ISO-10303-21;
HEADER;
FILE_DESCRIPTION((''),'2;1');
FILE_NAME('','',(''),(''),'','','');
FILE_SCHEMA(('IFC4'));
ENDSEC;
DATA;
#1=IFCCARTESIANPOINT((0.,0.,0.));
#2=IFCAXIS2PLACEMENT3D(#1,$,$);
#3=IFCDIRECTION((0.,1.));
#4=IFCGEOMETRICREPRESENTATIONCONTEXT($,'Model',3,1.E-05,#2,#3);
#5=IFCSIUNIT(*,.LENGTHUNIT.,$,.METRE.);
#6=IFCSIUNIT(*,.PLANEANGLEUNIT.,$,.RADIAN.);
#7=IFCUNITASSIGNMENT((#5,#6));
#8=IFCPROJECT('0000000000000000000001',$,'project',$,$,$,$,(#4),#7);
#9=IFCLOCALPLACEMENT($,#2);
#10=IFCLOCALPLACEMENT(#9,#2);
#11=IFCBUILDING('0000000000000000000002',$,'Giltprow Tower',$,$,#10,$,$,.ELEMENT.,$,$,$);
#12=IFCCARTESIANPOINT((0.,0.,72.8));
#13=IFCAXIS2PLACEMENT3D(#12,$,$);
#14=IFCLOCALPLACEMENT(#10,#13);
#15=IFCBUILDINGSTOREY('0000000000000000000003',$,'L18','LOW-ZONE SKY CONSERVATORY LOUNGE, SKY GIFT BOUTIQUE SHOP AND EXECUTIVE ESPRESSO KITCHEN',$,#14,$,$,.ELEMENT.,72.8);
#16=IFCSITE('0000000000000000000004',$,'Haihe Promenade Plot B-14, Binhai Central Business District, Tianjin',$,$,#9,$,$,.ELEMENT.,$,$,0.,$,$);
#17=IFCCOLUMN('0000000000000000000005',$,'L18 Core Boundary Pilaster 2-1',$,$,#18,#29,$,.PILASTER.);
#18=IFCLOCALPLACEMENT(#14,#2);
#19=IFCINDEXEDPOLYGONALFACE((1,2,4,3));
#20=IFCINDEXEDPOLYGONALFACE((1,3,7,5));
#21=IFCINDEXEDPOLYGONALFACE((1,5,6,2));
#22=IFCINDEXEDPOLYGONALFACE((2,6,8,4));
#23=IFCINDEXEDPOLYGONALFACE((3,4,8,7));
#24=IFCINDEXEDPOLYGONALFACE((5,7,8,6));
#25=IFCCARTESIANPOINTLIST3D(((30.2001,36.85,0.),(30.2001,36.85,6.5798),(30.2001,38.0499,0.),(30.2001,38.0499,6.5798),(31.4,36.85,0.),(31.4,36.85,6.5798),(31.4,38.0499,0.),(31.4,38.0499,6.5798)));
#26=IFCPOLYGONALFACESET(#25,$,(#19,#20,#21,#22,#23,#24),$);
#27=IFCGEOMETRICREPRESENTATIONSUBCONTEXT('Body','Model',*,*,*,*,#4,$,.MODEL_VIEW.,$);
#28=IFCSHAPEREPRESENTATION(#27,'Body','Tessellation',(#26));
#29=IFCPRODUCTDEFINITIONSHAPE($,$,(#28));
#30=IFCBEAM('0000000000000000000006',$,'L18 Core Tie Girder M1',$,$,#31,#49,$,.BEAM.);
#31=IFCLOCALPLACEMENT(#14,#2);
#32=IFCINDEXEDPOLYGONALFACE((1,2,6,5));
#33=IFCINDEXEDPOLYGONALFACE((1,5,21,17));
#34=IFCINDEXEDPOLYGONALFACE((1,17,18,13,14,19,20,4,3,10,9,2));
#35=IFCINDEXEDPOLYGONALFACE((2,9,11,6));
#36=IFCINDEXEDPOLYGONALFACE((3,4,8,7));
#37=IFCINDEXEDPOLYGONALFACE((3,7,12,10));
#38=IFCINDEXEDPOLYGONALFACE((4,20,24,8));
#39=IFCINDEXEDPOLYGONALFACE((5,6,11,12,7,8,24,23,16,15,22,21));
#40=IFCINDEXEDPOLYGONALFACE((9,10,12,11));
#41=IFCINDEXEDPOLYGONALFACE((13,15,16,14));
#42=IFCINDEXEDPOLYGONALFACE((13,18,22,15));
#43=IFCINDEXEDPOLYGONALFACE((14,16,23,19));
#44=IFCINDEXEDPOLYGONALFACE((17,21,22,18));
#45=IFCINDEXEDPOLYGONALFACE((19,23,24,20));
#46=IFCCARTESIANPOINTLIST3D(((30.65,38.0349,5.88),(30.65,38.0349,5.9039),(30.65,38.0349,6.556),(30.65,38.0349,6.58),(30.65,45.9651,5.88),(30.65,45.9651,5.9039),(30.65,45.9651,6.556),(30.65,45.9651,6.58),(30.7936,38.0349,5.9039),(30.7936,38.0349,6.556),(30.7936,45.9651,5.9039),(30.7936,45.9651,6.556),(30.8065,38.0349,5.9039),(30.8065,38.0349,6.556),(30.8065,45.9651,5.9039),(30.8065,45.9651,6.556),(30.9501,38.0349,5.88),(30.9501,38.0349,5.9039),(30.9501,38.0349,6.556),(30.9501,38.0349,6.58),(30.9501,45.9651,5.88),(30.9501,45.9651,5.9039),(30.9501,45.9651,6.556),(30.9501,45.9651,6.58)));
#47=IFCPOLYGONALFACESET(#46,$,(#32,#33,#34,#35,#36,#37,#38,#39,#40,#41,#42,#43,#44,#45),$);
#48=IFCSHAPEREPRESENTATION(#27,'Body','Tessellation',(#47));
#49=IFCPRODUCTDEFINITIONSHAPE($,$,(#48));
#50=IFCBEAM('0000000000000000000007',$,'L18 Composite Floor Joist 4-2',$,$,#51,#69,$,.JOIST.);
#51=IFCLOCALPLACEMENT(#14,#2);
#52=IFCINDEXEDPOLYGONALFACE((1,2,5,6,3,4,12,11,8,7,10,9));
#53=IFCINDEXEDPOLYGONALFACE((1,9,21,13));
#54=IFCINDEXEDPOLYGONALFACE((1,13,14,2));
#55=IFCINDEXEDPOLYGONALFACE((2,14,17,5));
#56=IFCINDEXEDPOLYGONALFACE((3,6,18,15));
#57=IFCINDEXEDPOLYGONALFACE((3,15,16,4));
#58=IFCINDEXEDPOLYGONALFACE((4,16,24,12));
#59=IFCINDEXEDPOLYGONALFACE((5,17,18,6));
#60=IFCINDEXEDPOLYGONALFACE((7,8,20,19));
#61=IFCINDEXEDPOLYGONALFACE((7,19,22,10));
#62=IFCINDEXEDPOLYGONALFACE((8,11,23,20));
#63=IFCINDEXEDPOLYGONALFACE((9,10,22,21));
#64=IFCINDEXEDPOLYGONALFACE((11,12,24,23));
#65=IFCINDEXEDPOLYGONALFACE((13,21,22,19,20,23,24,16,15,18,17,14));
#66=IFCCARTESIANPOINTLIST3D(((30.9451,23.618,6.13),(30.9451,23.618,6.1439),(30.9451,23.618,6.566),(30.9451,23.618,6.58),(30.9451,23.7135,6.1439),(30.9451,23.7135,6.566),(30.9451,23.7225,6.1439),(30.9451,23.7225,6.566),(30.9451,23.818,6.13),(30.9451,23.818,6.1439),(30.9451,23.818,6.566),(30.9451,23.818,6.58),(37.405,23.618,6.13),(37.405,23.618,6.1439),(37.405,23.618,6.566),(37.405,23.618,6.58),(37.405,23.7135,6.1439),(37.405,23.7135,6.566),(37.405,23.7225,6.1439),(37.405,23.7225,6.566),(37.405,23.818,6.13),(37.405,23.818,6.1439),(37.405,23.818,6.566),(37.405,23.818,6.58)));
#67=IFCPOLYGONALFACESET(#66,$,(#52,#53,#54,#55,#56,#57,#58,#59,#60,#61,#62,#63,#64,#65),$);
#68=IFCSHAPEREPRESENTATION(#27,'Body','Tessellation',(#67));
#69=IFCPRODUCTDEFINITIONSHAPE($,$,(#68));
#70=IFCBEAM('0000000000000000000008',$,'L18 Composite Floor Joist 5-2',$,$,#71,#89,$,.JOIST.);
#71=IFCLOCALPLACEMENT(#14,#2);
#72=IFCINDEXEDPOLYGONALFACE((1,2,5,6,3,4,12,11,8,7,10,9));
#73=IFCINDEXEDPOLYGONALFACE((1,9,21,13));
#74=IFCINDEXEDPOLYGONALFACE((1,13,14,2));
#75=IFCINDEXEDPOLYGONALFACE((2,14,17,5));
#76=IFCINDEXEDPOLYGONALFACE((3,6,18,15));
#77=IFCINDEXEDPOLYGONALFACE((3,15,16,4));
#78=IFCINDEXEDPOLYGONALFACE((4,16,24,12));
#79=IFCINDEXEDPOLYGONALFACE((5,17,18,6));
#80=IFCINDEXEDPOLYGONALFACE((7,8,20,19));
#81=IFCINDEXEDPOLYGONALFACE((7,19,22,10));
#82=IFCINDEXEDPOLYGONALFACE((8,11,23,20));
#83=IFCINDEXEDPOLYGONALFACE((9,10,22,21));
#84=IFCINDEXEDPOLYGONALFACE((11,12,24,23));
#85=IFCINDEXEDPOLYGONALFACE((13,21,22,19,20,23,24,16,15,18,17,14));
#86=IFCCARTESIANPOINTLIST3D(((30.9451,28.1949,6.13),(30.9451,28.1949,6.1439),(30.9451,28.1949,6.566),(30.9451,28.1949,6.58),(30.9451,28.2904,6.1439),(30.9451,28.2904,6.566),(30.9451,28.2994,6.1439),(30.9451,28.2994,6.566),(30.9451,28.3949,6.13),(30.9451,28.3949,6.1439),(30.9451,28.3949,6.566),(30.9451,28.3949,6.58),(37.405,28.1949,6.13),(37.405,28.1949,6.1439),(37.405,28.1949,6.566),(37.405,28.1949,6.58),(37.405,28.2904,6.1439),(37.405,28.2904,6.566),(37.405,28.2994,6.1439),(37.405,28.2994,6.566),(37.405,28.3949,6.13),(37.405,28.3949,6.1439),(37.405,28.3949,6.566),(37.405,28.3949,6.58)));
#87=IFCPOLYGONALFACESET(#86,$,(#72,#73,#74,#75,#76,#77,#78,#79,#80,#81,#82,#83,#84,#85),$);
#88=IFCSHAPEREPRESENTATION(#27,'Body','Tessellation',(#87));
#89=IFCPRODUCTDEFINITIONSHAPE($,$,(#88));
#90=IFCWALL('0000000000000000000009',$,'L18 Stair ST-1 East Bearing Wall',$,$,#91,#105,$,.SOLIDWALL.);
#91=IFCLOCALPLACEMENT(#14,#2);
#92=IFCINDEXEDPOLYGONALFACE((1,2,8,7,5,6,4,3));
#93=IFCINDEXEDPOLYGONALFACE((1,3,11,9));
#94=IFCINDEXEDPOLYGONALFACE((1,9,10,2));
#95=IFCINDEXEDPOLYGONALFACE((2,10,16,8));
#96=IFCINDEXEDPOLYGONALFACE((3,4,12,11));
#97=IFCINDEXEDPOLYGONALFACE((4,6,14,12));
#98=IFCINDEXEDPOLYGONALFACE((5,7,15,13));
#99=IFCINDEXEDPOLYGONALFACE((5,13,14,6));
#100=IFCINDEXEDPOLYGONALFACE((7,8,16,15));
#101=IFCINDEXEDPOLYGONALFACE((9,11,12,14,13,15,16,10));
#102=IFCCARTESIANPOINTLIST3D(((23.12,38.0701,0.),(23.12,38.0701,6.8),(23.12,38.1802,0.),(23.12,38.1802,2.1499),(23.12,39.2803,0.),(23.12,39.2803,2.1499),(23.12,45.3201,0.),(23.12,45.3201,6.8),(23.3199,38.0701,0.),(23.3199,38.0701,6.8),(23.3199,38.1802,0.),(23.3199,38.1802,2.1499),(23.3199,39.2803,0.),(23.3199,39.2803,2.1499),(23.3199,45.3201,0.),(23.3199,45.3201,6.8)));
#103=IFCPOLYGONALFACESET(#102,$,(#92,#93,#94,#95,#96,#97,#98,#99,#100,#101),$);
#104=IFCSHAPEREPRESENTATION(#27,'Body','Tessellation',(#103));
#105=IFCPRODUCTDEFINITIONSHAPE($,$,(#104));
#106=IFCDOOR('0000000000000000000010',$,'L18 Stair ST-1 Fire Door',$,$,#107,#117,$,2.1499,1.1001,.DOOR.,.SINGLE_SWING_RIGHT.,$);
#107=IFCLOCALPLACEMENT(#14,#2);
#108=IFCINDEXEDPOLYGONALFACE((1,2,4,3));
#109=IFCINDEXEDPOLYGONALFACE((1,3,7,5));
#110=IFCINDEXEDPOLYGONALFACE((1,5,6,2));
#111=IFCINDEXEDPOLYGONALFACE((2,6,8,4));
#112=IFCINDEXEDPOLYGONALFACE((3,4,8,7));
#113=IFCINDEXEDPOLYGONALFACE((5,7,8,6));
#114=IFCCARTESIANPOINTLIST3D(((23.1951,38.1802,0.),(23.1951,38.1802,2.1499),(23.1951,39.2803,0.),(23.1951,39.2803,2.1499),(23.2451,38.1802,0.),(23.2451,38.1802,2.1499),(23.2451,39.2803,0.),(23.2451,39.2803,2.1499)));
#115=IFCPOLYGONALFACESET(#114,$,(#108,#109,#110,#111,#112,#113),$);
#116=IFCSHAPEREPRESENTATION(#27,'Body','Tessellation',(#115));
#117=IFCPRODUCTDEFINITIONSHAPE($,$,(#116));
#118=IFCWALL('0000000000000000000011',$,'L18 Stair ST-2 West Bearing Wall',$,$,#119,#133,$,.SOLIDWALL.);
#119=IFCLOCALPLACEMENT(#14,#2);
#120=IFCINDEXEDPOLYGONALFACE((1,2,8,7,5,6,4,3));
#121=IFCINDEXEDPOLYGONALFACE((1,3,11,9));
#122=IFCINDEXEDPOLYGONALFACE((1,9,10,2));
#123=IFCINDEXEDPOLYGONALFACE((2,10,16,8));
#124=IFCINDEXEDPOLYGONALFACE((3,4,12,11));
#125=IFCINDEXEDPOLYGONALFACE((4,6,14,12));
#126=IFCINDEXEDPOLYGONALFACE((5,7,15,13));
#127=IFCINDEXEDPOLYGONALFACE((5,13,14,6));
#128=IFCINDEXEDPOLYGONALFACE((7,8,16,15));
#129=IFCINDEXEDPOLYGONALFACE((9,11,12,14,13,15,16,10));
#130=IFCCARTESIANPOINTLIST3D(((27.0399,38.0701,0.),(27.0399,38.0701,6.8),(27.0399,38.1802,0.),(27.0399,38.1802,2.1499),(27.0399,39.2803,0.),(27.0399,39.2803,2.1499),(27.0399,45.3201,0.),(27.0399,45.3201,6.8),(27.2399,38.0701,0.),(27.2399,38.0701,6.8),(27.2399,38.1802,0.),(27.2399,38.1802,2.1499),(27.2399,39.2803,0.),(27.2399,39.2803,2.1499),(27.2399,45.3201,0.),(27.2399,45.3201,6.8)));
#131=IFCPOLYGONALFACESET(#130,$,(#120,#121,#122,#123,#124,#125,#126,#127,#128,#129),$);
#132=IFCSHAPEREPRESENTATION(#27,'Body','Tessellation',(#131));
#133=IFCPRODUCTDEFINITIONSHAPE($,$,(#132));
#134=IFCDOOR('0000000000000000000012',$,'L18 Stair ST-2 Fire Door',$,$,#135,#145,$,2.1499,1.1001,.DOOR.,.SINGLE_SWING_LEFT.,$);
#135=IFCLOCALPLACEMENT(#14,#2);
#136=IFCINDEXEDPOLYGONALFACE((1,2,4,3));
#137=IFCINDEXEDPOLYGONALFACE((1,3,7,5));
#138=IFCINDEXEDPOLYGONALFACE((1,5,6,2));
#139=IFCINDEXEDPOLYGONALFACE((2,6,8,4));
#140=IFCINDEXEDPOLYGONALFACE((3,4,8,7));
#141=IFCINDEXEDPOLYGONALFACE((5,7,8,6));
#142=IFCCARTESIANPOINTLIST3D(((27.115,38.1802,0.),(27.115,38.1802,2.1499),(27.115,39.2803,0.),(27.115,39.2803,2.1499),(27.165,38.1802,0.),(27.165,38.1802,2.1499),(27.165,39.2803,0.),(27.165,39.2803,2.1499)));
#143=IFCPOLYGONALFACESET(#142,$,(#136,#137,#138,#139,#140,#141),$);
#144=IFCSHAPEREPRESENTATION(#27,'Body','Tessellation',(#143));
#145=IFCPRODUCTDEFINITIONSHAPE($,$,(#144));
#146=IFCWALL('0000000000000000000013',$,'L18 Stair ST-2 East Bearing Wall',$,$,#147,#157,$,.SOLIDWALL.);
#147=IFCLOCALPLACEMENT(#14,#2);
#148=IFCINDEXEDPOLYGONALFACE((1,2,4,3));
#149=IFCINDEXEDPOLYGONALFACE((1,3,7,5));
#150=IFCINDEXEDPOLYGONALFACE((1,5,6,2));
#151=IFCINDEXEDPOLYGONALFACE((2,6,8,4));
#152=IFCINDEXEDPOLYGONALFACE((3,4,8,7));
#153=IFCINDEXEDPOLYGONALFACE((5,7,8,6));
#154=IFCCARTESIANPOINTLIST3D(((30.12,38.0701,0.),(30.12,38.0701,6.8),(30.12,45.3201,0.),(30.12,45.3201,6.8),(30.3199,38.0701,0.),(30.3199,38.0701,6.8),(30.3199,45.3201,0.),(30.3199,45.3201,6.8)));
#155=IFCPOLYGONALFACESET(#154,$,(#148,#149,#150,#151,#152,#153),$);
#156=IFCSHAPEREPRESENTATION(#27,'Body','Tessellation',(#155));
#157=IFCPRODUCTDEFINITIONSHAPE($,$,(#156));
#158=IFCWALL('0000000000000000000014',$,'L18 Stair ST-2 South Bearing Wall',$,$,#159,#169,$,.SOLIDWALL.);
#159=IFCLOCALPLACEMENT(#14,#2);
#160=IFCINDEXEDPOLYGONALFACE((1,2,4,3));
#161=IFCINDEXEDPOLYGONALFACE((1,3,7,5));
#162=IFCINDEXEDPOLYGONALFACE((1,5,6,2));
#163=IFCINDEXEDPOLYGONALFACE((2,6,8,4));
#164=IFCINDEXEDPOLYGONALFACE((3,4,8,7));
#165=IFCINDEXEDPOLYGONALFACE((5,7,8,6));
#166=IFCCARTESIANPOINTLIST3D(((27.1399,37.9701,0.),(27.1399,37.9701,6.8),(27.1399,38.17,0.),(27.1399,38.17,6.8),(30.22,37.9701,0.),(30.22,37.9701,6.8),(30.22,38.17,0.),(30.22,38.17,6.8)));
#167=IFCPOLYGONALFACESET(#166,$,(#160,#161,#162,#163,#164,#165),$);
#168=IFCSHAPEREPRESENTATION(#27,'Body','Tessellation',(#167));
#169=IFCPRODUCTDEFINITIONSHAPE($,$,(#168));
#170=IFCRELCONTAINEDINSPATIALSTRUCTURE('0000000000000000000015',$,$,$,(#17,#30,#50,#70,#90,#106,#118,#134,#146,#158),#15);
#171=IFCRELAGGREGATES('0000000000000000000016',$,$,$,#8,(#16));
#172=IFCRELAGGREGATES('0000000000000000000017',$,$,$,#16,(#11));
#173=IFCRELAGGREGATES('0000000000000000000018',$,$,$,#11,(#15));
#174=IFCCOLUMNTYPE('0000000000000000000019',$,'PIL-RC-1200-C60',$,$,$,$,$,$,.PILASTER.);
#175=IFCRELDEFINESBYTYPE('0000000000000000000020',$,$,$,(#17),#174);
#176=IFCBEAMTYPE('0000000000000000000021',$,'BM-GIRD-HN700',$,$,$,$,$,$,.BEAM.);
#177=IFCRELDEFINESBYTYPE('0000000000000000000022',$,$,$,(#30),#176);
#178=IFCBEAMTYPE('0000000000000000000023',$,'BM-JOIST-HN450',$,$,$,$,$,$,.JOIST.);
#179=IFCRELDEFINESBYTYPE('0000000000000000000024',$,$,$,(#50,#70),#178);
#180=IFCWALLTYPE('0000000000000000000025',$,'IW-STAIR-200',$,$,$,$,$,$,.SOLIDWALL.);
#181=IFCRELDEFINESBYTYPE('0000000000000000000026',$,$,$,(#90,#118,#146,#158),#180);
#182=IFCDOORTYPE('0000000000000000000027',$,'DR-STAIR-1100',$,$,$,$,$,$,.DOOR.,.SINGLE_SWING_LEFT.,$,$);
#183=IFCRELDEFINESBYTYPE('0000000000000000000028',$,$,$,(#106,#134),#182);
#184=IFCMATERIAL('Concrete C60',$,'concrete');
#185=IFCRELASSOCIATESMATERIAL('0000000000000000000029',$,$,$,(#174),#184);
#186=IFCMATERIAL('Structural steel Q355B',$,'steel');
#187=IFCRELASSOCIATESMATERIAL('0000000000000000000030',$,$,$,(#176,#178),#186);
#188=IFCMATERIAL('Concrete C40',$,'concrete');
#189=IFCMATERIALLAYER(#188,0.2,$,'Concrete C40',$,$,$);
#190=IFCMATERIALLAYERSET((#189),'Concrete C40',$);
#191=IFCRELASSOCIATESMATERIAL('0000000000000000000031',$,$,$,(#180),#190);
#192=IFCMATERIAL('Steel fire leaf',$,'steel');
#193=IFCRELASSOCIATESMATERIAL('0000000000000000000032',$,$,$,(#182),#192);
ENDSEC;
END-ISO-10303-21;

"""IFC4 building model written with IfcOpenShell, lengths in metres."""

from ifc_helpers import new_model, si_unit, direction, frame, frame_2d, origin, origin_2d, place, context, subcontext, project, spatial, rectangle, i_section, extrude, source, transform, mapped, material, layer, layer_set, material_profile, profile_set, type_object, element, fill, save


model = new_model("IFC4")

# Units and contexts
model_context = context("Model", 3, precision=1e-05, world=origin(), true_north=direction((0.0, 1.0)))
body_context = subcontext(model_context, "Body", "Model", "MODEL_VIEW")
ifc_project = project(units=[si_unit("LENGTHUNIT", "METRE"), si_unit("PLANEANGLEUNIT", "RADIAN")], contexts=[model_context])

# Site, building, storey
site_placement = place(None, origin())
site = spatial("IfcSite", under=ifc_project, at=site_placement, Name="Haihe Promenade Plot B-14, Binhai Central Business District, Tianjin", CompositionType="ELEMENT", RefElevation=0.0)
building_placement = place(site_placement, origin())
building = spatial("IfcBuilding", under=site, at=building_placement, Name="Giltprow Tower", CompositionType="ELEMENT")
storey_placement = place(building_placement, frame((0.0, 0.0, 72.8)))
storey = spatial("IfcBuildingStorey", under=building, at=storey_placement, Name="L18", Description="LOW-ZONE SKY CONSERVATORY LOUNGE, SKY GIFT BOUTIQUE SHOP AND EXECUTIVE ESPRESSO KITCHEN", CompositionType="ELEMENT", Elevation=72.8)

# Column
ifc_material_1 = material(Name="Concrete C60", Category="concrete")
ifc_material_profile_1 = material_profile(ifc_material_1, rectangle(XDim=1.2, YDim=1.2, at=origin_2d()), Name="RC 1200x1200")
ifc_profile_set_1 = profile_set([ifc_material_profile_1], Name="Concrete C60")
column_type = type_object("IfcColumnType", Name="PIL-RC-1200-C60", PredefinedType="PILASTER", material=ifc_profile_set_1)
shared_shape_1 = source(origin(), body_context, "Body", "SweptSolid", [
    extrude(rectangle(XDim=1.2, YDim=1.2, at=origin_2d()), origin(), (0.0, 0.0, 1.0), 6.5798),
])
column_placement = place(storey_placement, frame((30.8, 37.45, 0.0), z_axis=(0.0, 0.0, 1.0), x_axis=(1.0, 0.0, 0.0)))
element("IfcColumn", 1, at=column_placement, inside=storey, type_object=column_type, Name="L18 Core Boundary Pilaster 2-1", PredefinedType="PILASTER", context=body_context, shape_type="MappedRepresentation", body=[
    mapped(shared_shape_1, transform((0.0, 0.0, 0.0), x_axis=(1.0, 0.0, 0.0), y_axis=(0.0, 1.0, 0.0), z_axis=(0.0, 0.0, 1.0), scale=1.0)),
])

# Beams
ifc_material_2 = material(Name="Structural steel Q355B", Category="steel")
ifc_material_profile_2 = material_profile(ifc_material_2, i_section(OverallWidth=0.3, OverallDepth=0.7, WebThickness=0.0129, FlangeThickness=0.0239, at=origin_2d()), Name="HN 700x300x13x24")
ifc_profile_set_2 = profile_set([ifc_material_profile_2], Name="Structural steel Q355B")
beam_type_1 = type_object("IfcBeamType", Name="BM-GIRD-HN700", PredefinedType="BEAM", material=ifc_profile_set_2)
shared_shape_2 = source(origin(), body_context, "Body", "SweptSolid", [
    extrude(i_section(OverallWidth=0.3, OverallDepth=0.7, WebThickness=0.0129, FlangeThickness=0.0239, at=origin_2d()), origin(), (0.0, 0.0, 1.0), 7.9302),
])
beam_placement = place(storey_placement, frame((30.8, 38.0349, 6.23), z_axis=(0.0, 1.0, 0.0), x_axis=(-1.0, 0.0, 0.0)))
element("IfcBeam", 2, at=beam_placement, inside=storey, type_object=beam_type_1, Name="L18 Core Tie Girder M1", PredefinedType="BEAM", context=body_context, shape_type="MappedRepresentation", body=[
    mapped(shared_shape_2, transform((0.0, 0.0, 0.0), x_axis=(1.0, 0.0, 0.0), y_axis=(0.0, 1.0, 0.0), z_axis=(0.0, 0.0, 1.0), scale=1.0)),
])
ifc_material_profile_3 = material_profile(ifc_material_2, i_section(OverallWidth=0.2, OverallDepth=0.45, WebThickness=0.009, FlangeThickness=0.0139, at=origin_2d()), Name="HN 450x200x9x14")
ifc_profile_set_3 = profile_set([ifc_material_profile_3], Name="Structural steel Q355B")
beam_type_2 = type_object("IfcBeamType", Name="BM-JOIST-HN450", PredefinedType="JOIST", material=ifc_profile_set_3)
shared_shape_3 = source(origin(), body_context, "Body", "SweptSolid", [
    extrude(i_section(OverallWidth=0.2, OverallDepth=0.45, WebThickness=0.009, FlangeThickness=0.0139, at=origin_2d()), origin(), (0.0, 0.0, 1.0), 6.46),
])
for number, where, z_axis, x_axis, name in (
    (3, (30.9451, 23.718, 6.355), (1.0, 0.0, 0.0), (0.0, 1.0, 0.0), "L18 Composite Floor Joist 4-2"),
    (4, (30.9451, 28.2949, 6.355), (1.0, 0.0, 0.0), (0.0, 1.0, 0.0), "L18 Composite Floor Joist 5-2"),
):
    element("IfcBeam", number, at=place(storey_placement, frame(where, z_axis=z_axis, x_axis=x_axis)), inside=storey, type_object=beam_type_2, Name=name, PredefinedType="JOIST", context=body_context, shape_type="MappedRepresentation", body=[
        mapped(shared_shape_3, transform((0.0, 0.0, 0.0), x_axis=(1.0, 0.0, 0.0), y_axis=(0.0, 1.0, 0.0), z_axis=(0.0, 0.0, 1.0), scale=1.0)),
    ])

# Walls, openings, doors
ifc_material_3 = material(Name="Concrete C40", Category="concrete")
ifc_layer_1 = layer(ifc_material_3, 0.2, Name="Concrete C40")
ifc_layer_set_1 = layer_set([ifc_layer_1], Name="Concrete C40")
wall_type_1 = type_object("IfcWallType", Name="IW-STAIR-200", PredefinedType="SOLIDWALL", material=ifc_layer_set_1)
wall_1_placement = place(storey_placement, frame((23.22, 38.0701, 0.0), z_axis=(0.0, 0.0, 1.0), x_axis=(0.0, 1.0, 0.0)))
wall_1 = element("IfcWall", 5, at=wall_1_placement, inside=storey, type_object=wall_type_1, Name="L18 Stair ST-1 East Bearing Wall", PredefinedType="SOLIDWALL", context=body_context, shape_type="SweptSolid", body=[
    extrude(rectangle(XDim=7.25, YDim=0.2, at=frame_2d((3.625, 0.0))), origin(), (0.0, 0.0, 1.0), 6.8),
])
opening_1_placement = place(wall_1_placement, frame((0.1101, 0.0, 0.0)))
opening_1 = element("IfcOpeningElement", 6, at=opening_1_placement, cuts=wall_1, PredefinedType="OPENING", context=body_context, shape_type="SweptSolid", body=[
    extrude(rectangle(XDim=1.1001, YDim=2.1499, at=frame_2d((0.55, 1.075))), frame((0.0, 0.1099, 0.0), z_axis=(0.0, -1.0, 0.0), x_axis=(1.0, 0.0, 0.0)), (0.0, 0.0, 1.0), 0.22),
])
ifc_material_4 = material(Name="Steel fire leaf", Category="steel")
door_type_1 = type_object("IfcDoorType", Name="DR-STAIR-1100", OperationType="SINGLE_SWING_LEFT", PredefinedType="DOOR", material=ifc_material_4)
shared_shape_4 = source(origin(), body_context, "Body", "SweptSolid", [
    extrude(rectangle(XDim=1.1001, YDim=2.1499, at=frame_2d((0.55, 1.075))), frame((0.0, 0.0249, 0.0), z_axis=(0.0, -1.0, 0.0), x_axis=(1.0, 0.0, 0.0)), (0.0, 0.0, 1.0), 0.05),
])
door_1_placement = place(opening_1_placement, origin())
door_1 = element("IfcDoor", 7, at=door_1_placement, inside=storey, type_object=door_type_1, Name="L18 Stair ST-1 Fire Door", OperationType="SINGLE_SWING_RIGHT", OverallHeight=2.1499, OverallWidth=1.1001, PredefinedType="DOOR", context=body_context, shape_type="MappedRepresentation", body=[
    mapped(shared_shape_4, transform((0.0, 0.0, 0.0), x_axis=(1.0, 0.0, 0.0), y_axis=(0.0, 1.0, 0.0), z_axis=(0.0, 0.0, 1.0), scale=1.0)),
])
fill(opening_1, door_1)
wall_2_placement = place(storey_placement, frame((27.1399, 38.0701, 0.0), z_axis=(0.0, 0.0, 1.0), x_axis=(0.0, 1.0, 0.0)))
wall_2 = element("IfcWall", 8, at=wall_2_placement, inside=storey, type_object=wall_type_1, Name="L18 Stair ST-2 West Bearing Wall", PredefinedType="SOLIDWALL", context=body_context, shape_type="SweptSolid", body=[
    extrude(rectangle(XDim=7.25, YDim=0.2, at=frame_2d((3.625, 0.0))), origin(), (0.0, 0.0, 1.0), 6.8),
])
opening_2_placement = place(wall_2_placement, frame((0.1101, 0.0, 0.0)))
opening_2 = element("IfcOpeningElement", 9, at=opening_2_placement, cuts=wall_2, PredefinedType="OPENING", context=body_context, shape_type="SweptSolid", body=[
    extrude(rectangle(XDim=1.1001, YDim=2.1499, at=frame_2d((0.55, 1.075))), frame((0.0, 0.1099, 0.0), z_axis=(0.0, -1.0, 0.0), x_axis=(1.0, 0.0, 0.0)), (0.0, 0.0, 1.0), 0.22),
])
door_2_placement = place(opening_2_placement, origin())
door_2 = element("IfcDoor", 10, at=door_2_placement, inside=storey, type_object=door_type_1, Name="L18 Stair ST-2 Fire Door", OperationType="SINGLE_SWING_LEFT", OverallHeight=2.1499, OverallWidth=1.1001, PredefinedType="DOOR", context=body_context, shape_type="MappedRepresentation", body=[
    mapped(shared_shape_4, transform((0.0, 0.0, 0.0), x_axis=(1.0, 0.0, 0.0), y_axis=(0.0, 1.0, 0.0), z_axis=(0.0, 0.0, 1.0), scale=1.0)),
])
fill(opening_2, door_2)

# Walls
wall_3_placement = place(storey_placement, frame((30.22, 38.0701, 0.0), z_axis=(0.0, 0.0, 1.0), x_axis=(0.0, 1.0, 0.0)))
element("IfcWall", 11, at=wall_3_placement, inside=storey, type_object=wall_type_1, Name="L18 Stair ST-2 East Bearing Wall", PredefinedType="SOLIDWALL", context=body_context, shape_type="SweptSolid", body=[
    extrude(rectangle(XDim=7.25, YDim=0.2, at=frame_2d((3.625, 0.0))), origin(), (0.0, 0.0, 1.0), 6.8),
])
wall_4_placement = place(storey_placement, frame((27.1399, 38.0701, 0.0), z_axis=(0.0, 0.0, 1.0), x_axis=(1.0, 0.0, 0.0)))
element("IfcWall", 12, at=wall_4_placement, inside=storey, type_object=wall_type_1, Name="L18 Stair ST-2 South Bearing Wall", PredefinedType="SOLIDWALL", context=body_context, shape_type="SweptSolid", body=[
    extrude(rectangle(XDim=3.0801, YDim=0.2, at=frame_2d((1.54, 0.0))), origin(), (0.0, 0.0, 1.0), 6.8),
])

save(model, "model.ifc")
